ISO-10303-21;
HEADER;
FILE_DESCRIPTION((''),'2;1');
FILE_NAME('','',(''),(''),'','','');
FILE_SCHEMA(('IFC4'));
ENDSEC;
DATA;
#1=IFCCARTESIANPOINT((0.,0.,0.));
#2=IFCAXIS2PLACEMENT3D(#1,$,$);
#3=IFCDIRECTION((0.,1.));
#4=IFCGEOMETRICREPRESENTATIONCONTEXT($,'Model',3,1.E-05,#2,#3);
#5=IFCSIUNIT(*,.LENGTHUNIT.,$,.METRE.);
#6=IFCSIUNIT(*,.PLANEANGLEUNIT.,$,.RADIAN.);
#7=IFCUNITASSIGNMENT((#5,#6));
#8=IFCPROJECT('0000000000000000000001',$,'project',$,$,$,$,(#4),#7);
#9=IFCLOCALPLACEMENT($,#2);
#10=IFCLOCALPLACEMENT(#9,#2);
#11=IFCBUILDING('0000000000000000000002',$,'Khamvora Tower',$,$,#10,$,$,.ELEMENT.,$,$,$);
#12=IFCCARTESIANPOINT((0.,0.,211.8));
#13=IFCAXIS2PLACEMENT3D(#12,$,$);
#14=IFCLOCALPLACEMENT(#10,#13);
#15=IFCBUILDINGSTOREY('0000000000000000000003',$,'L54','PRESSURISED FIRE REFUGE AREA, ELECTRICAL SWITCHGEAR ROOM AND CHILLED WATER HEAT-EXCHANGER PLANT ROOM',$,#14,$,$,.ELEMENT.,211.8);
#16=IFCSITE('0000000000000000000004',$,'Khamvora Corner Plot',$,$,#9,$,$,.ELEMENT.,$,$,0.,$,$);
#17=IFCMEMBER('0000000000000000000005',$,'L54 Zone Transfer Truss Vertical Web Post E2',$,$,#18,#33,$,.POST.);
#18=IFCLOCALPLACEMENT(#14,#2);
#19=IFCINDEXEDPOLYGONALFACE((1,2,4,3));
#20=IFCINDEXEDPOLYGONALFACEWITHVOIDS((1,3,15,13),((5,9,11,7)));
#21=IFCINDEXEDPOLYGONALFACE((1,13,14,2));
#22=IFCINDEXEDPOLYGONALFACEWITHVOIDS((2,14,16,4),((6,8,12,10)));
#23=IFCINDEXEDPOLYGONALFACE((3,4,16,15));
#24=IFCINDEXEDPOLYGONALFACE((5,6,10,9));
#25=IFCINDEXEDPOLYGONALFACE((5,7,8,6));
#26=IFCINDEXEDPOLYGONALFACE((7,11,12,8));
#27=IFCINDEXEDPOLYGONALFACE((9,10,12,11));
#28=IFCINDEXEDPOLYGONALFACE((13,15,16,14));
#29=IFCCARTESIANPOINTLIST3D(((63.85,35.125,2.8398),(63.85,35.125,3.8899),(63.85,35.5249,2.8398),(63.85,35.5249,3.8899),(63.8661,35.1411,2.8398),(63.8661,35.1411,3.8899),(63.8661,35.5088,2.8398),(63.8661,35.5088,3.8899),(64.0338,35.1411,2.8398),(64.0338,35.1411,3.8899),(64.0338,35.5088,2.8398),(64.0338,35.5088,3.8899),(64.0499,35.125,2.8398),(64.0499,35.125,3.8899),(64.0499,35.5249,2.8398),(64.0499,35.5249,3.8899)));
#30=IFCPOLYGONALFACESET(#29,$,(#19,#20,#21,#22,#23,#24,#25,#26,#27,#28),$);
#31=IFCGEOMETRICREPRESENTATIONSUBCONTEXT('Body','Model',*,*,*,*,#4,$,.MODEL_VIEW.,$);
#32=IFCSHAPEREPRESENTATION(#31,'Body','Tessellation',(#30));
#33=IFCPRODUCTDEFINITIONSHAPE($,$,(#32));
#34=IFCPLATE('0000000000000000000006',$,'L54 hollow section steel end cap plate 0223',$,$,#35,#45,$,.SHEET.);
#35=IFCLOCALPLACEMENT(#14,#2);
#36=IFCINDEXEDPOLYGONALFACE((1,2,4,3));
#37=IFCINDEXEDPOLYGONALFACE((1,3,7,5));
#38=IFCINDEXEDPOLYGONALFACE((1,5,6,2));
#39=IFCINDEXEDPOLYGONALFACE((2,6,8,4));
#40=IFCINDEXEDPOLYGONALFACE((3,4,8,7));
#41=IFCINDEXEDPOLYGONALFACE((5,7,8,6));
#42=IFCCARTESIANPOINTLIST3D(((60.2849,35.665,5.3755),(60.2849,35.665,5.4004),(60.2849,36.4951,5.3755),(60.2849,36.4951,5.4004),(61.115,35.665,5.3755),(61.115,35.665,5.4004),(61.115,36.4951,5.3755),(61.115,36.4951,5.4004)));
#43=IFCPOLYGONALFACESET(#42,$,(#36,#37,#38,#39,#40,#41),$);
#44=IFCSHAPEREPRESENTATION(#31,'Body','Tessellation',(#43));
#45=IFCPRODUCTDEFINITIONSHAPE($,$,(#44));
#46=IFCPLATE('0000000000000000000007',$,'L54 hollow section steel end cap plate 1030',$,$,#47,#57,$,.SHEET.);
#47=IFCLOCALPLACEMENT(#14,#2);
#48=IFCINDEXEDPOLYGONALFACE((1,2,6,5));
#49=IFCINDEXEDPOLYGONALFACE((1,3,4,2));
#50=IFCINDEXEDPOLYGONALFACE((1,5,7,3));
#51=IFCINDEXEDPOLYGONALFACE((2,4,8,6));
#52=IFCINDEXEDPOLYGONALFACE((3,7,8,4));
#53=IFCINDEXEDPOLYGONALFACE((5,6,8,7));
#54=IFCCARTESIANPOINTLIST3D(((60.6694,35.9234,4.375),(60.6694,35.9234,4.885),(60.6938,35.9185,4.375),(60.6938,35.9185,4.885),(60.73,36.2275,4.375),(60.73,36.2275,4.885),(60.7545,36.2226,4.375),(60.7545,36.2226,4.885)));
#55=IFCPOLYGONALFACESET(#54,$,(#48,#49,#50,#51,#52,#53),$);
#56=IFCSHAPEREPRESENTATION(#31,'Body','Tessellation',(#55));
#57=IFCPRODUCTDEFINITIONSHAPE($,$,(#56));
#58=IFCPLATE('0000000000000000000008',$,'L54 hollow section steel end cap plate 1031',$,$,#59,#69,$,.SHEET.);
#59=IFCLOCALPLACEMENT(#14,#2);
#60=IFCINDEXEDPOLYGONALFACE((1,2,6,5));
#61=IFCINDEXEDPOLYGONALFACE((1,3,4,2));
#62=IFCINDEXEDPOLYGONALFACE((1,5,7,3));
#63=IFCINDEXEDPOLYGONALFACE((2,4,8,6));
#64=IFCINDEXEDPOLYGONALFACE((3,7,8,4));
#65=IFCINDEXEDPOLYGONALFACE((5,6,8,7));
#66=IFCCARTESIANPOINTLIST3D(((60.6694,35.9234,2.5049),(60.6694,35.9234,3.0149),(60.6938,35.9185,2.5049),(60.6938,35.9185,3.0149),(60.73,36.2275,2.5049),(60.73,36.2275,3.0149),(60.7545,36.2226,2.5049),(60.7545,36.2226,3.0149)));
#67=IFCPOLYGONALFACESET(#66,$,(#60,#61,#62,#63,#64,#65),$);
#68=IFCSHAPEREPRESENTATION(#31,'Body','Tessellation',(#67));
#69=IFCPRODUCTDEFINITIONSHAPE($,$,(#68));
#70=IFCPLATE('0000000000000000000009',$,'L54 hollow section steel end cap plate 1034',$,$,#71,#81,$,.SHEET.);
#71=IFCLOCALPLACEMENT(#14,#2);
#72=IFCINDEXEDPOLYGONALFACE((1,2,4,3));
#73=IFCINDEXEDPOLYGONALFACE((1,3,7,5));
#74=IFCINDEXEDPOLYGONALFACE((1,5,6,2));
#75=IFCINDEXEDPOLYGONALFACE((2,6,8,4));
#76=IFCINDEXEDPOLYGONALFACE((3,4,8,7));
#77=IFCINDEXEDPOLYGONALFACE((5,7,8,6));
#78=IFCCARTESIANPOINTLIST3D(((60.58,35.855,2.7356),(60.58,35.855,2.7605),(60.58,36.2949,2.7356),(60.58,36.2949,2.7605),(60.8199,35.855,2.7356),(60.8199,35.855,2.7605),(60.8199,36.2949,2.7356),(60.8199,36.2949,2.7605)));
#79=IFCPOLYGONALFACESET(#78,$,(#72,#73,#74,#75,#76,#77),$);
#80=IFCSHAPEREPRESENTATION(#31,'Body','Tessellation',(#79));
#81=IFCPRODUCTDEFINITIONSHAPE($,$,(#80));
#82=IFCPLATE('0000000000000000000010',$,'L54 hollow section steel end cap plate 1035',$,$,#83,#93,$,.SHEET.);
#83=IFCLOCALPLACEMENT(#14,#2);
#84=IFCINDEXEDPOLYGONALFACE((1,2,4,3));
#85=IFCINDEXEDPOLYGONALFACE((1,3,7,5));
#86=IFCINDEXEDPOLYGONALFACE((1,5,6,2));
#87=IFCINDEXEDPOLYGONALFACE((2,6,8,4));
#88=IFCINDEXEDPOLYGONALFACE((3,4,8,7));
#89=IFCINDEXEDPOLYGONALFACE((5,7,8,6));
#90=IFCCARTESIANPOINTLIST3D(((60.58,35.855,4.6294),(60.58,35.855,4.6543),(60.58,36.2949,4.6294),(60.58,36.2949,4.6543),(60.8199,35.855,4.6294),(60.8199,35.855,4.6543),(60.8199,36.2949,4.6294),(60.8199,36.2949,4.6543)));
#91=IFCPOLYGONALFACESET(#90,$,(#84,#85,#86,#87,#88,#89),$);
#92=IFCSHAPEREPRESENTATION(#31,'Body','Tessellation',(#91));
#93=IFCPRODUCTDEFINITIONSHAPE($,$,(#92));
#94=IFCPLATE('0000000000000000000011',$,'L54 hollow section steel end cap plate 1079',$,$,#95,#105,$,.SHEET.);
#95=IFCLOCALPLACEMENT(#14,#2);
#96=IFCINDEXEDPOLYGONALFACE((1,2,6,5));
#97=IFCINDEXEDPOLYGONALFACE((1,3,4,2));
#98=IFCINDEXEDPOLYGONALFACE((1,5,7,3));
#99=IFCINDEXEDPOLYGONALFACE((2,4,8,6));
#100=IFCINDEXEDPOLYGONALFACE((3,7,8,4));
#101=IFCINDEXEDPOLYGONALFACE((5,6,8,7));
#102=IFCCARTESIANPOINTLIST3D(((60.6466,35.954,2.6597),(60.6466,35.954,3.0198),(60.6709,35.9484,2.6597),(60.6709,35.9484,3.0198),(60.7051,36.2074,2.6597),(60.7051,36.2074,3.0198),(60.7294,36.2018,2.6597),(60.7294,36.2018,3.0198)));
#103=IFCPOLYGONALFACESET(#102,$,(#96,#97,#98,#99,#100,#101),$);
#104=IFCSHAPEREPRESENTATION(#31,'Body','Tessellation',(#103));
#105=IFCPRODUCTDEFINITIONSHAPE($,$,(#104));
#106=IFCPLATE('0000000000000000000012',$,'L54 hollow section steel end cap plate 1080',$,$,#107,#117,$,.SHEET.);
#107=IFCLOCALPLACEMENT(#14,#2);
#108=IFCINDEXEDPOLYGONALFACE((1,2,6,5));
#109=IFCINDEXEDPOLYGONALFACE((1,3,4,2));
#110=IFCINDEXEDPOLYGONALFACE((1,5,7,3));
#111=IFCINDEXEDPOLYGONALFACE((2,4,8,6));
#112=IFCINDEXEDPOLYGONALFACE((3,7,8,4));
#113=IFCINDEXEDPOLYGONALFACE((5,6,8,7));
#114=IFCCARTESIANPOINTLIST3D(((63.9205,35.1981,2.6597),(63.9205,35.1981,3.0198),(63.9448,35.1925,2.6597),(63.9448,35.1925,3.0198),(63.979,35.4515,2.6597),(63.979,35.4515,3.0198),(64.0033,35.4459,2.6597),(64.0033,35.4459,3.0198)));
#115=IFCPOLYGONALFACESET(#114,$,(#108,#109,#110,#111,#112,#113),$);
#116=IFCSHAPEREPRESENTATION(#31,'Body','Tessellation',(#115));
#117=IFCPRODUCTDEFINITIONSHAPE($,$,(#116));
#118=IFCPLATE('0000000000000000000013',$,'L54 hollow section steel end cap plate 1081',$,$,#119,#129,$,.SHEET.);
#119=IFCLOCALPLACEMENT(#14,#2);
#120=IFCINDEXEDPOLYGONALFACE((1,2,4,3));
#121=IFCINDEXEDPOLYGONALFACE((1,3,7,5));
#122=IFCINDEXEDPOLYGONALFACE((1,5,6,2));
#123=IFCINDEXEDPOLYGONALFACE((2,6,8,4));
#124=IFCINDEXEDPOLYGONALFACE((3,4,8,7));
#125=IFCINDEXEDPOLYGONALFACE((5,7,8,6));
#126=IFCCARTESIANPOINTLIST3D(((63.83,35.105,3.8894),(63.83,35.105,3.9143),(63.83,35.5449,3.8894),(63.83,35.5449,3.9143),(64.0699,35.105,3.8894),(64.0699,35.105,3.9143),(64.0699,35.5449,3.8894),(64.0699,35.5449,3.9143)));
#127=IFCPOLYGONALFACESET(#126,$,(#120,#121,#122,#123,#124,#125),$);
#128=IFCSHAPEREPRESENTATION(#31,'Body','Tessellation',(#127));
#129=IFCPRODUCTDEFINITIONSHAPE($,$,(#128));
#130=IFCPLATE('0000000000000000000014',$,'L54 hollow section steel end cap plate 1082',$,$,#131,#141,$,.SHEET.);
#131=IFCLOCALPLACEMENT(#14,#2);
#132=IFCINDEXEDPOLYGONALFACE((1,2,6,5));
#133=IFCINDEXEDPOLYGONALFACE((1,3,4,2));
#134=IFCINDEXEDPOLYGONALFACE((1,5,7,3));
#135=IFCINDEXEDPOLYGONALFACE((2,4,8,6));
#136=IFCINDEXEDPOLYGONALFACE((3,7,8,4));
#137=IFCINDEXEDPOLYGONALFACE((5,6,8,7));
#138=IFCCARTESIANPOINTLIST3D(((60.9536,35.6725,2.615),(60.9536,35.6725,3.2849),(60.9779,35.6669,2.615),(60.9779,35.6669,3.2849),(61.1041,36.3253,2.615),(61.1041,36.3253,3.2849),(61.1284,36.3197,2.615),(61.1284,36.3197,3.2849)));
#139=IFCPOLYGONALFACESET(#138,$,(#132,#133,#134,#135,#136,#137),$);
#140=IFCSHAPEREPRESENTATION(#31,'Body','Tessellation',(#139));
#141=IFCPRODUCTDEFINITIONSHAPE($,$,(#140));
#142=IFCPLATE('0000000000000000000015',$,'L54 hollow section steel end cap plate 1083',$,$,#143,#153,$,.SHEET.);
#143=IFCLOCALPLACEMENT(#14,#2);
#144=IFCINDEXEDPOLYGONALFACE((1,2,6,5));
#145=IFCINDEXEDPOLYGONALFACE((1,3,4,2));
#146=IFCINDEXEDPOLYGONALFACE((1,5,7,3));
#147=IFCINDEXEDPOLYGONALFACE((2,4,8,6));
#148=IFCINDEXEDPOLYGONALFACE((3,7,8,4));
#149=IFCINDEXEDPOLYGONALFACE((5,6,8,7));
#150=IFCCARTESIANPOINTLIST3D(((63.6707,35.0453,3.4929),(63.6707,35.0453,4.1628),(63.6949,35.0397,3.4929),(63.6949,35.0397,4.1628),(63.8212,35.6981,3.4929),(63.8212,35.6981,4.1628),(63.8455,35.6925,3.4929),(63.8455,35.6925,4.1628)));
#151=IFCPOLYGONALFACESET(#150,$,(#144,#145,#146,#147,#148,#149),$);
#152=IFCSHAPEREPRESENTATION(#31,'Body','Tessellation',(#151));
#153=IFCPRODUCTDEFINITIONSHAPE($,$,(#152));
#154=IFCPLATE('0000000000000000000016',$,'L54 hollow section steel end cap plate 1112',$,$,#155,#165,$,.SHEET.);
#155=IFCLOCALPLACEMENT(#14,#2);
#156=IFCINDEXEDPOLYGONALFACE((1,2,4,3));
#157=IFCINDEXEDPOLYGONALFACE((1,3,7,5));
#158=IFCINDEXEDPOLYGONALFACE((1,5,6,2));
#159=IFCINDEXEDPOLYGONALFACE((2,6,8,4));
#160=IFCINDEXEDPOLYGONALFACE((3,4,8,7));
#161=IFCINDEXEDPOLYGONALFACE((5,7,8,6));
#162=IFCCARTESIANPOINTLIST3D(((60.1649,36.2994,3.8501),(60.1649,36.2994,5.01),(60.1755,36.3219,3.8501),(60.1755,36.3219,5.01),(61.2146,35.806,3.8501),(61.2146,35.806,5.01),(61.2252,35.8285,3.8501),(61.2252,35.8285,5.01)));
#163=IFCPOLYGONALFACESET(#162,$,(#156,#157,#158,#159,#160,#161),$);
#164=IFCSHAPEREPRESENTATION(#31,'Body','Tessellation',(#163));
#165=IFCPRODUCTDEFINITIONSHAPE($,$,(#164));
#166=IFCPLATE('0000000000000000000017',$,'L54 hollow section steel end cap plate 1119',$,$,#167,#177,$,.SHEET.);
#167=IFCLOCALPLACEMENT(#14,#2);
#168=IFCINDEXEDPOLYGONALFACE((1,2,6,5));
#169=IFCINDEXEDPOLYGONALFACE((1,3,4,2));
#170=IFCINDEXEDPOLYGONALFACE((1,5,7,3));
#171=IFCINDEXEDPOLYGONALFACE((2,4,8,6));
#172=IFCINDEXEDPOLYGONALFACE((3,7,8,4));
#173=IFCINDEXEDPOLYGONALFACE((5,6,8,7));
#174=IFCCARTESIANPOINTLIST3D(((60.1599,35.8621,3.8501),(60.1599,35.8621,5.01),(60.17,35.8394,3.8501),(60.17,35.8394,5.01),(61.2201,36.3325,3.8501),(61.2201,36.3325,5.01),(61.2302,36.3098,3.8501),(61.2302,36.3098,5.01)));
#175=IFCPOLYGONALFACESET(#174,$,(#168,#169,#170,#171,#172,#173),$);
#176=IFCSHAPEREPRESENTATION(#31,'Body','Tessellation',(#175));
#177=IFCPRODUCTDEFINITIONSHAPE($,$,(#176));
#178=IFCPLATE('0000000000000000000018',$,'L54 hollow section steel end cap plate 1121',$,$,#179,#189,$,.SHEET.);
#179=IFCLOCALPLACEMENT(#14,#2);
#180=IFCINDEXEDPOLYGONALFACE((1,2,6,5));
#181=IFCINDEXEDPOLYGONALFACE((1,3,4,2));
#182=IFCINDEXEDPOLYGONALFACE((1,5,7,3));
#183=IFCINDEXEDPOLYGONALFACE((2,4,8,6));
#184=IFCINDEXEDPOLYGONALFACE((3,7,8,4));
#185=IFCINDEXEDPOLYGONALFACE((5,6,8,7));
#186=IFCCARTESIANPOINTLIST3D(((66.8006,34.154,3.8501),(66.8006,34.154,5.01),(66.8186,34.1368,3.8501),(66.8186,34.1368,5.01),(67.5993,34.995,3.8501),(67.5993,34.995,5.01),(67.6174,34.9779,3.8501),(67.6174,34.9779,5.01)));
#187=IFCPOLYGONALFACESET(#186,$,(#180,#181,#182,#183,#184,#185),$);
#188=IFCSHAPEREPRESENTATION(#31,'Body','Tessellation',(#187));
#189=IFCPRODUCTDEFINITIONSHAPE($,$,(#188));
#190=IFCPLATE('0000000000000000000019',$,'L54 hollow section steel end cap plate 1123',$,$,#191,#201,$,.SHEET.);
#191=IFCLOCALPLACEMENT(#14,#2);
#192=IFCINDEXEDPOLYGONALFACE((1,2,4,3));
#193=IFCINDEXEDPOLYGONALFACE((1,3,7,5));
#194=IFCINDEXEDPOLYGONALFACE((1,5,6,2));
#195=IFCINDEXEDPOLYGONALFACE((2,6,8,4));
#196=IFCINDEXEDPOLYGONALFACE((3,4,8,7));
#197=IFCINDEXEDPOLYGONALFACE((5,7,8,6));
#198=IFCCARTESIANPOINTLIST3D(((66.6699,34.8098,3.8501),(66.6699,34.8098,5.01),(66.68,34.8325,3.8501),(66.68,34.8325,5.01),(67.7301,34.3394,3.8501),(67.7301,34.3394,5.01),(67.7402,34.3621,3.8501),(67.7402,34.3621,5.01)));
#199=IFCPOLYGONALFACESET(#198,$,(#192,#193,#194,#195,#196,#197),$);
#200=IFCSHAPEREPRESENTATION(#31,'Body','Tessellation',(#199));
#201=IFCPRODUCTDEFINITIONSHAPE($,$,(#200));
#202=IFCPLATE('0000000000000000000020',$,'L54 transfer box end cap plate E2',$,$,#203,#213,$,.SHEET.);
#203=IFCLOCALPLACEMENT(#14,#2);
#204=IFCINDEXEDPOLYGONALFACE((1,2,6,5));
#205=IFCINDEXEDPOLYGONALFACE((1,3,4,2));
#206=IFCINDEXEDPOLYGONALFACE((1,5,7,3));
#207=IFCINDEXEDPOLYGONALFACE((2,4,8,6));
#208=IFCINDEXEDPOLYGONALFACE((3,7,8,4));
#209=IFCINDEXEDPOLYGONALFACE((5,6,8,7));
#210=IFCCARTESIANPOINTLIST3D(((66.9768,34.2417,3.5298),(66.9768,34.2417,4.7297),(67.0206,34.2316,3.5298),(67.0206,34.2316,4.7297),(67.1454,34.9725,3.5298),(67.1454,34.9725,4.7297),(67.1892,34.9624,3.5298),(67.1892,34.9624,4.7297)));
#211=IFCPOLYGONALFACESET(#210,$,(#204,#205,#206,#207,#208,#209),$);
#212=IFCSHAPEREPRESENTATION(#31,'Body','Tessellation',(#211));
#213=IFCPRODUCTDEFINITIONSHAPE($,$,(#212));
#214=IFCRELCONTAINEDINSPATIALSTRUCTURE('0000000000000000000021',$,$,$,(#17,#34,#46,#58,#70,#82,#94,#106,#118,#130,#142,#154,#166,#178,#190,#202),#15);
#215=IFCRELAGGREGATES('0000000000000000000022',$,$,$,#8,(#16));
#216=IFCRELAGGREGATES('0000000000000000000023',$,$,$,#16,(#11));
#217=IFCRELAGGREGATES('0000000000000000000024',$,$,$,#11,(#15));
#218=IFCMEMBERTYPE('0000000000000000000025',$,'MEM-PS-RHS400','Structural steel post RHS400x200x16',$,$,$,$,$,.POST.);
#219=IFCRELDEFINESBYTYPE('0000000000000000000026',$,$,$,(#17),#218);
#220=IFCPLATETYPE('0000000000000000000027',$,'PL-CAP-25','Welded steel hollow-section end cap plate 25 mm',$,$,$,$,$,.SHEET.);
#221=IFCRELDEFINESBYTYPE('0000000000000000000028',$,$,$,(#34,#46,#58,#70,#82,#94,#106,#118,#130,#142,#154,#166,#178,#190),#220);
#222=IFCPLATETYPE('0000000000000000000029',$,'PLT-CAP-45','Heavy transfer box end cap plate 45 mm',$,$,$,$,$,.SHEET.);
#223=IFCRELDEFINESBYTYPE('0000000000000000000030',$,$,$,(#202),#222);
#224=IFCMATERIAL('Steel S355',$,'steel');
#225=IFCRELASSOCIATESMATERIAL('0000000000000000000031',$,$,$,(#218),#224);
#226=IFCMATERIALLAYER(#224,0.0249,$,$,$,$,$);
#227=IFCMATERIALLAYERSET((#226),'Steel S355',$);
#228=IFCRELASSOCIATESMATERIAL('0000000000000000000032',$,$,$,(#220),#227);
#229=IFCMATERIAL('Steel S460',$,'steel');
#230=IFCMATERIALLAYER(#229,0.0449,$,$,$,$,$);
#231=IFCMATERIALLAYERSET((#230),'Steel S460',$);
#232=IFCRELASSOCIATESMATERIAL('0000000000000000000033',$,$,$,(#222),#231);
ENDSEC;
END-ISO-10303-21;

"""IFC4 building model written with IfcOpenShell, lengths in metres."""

from ifc_helpers import new_model, si_unit, direction, frame, origin, origin_2d, place, context, subcontext, project, spatial, rectangle, hollow_rectangle, extrude, material, layer, layer_set, material_profile, profile_set, type_object, element, save


model = new_model("IFC4")

# Units and contexts
model_context = context("Model", 3, precision=1e-05, world=origin(), true_north=direction((0.0, 1.0)))
body_context = subcontext(model_context, "Body", "Model", "MODEL_VIEW")
ifc_project = project(units=[si_unit("LENGTHUNIT", "METRE"), si_unit("PLANEANGLEUNIT", "RADIAN")], contexts=[model_context])

# Site, building, storey
site_placement = place(None, origin())
site = spatial("IfcSite", under=ifc_project, at=site_placement, Name="Khamvora Corner Plot", CompositionType="ELEMENT", RefElevation=0.0)
building_placement = place(site_placement, origin())
building = spatial("IfcBuilding", under=site, at=building_placement, Name="Khamvora Tower", CompositionType="ELEMENT")
storey_placement = place(building_placement, frame((0.0, 0.0, 211.8)))
storey = spatial("IfcBuildingStorey", under=building, at=storey_placement, Name="L54", Description="PRESSURISED FIRE REFUGE AREA, ELECTRICAL SWITCHGEAR ROOM AND CHILLED WATER HEAT-EXCHANGER PLANT ROOM", CompositionType="ELEMENT", Elevation=211.8)

# Shared definitions
ifc_material_1 = material(Name="Steel S355", Category="steel")

# Shared definitions
ifc_material_2 = material(Name="Steel S460", Category="steel")

# Member
ifc_material_profile_1 = material_profile(ifc_material_1, hollow_rectangle(XDim=0.2, YDim=0.3999, WallThickness=0.0161, at=origin_2d()), Name="RHS400x200x16")
ifc_profile_set_1 = profile_set([ifc_material_profile_1], Name="Steel S355")
member_type_1 = type_object("IfcMemberType", Name="MEM-PS-RHS400", Description="Structural steel post RHS400x200x16", PredefinedType="POST", material=ifc_profile_set_1)
member_1_placement = place(storey_placement, frame((63.95, 35.325, 2.8398), z_axis=(0.0, 0.0, 1.0), x_axis=(1.0, 0.0, 0.0)))
element("IfcMember", 1, at=member_1_placement, inside=storey, type_object=member_type_1, Name="L54 Zone Transfer Truss Vertical Web Post E2", PredefinedType="POST", context=body_context, shape_type="SweptSolid", body=[
    extrude(hollow_rectangle(XDim=0.2, YDim=0.3999, WallThickness=0.0161, at=origin_2d()), origin(), (0.0, 0.0, 1.0), 1.05),
])

# Plates
ifc_layer_1 = layer(ifc_material_1, 0.0249)
ifc_layer_set_1 = layer_set([ifc_layer_1], Name="Steel S355")
plate_type_1 = type_object("IfcPlateType", Name="PL-CAP-25", Description="Welded steel hollow-section end cap plate 25 mm", PredefinedType="SHEET", material=ifc_layer_set_1)
plate_1_placement = place(storey_placement, frame((60.7, 36.0801, 5.3755), z_axis=(0.0, 0.0, 1.0), x_axis=(1.0, 0.0, 0.0)))
element("IfcPlate", 2, at=plate_1_placement, inside=storey, type_object=plate_type_1, Name="L54 hollow section steel end cap plate 0223", PredefinedType="SHEET", context=body_context, shape_type="SweptSolid", body=[
    extrude(rectangle(XDim=0.8301, YDim=0.8301, at=origin_2d()), origin(), (0.0, 0.0, 1.0), 0.0249),
])
for number, where, z_axis, x_axis, name in (
    (3, (60.7119, 36.073, 4.375), (0.0, 0.0, 1.0), (0.980669, -0.195672, 0.0), "L54 hollow section steel end cap plate 1030"),
    (4, (60.7119, 36.073, 2.5049), (0.0, 0.0, 1.0), (0.980669, -0.195672, 0.0), "L54 hollow section steel end cap plate 1031"),
):
    element("IfcPlate", number, at=place(storey_placement, frame(where, z_axis=z_axis, x_axis=x_axis)), inside=storey, type_object=plate_type_1, Name=name, PredefinedType="SHEET", context=body_context, shape_type="SweptSolid", body=[
        extrude(rectangle(XDim=0.0249, YDim=0.3101, at=origin_2d()), origin(), (0.0, 0.0, 1.0), 0.51),
    ])
for number, where, z_axis, x_axis, name in (
    (5, (60.7, 36.075, 2.7356), (0.0, 0.0, 1.0), (1.0, 0.0, 0.0), "L54 hollow section steel end cap plate 1034"),
    (6, (60.7, 36.075, 4.6294), (0.0, 0.0, 1.0), (1.0, 0.0, 0.0), "L54 hollow section steel end cap plate 1035"),
):
    element("IfcPlate", number, at=place(storey_placement, frame(where, z_axis=z_axis, x_axis=x_axis)), inside=storey, type_object=plate_type_1, Name=name, PredefinedType="SHEET", context=body_context, shape_type="SweptSolid", body=[
        extrude(rectangle(XDim=0.24, YDim=0.4399, at=origin_2d()), origin(), (0.0, 0.0, 1.0), 0.0249),
    ])
for number, where, z_axis, x_axis, name in (
    (7, (60.688, 36.0779, 2.6597), (0.0, 0.0, 1.0), (0.97439, -0.224866, 0.0), "L54 hollow section steel end cap plate 1079"),
    (8, (63.9619, 35.322, 2.6597), (0.0, 0.0, 1.0), (0.97439, -0.224866, 0.0), "L54 hollow section steel end cap plate 1080"),
):
    element("IfcPlate", number, at=place(storey_placement, frame(where, z_axis=z_axis, x_axis=x_axis)), inside=storey, type_object=plate_type_1, Name=name, PredefinedType="SHEET", context=body_context, shape_type="SweptSolid", body=[
        extrude(rectangle(XDim=0.0249, YDim=0.26, at=origin_2d()), origin(), (0.0, 0.0, 1.0), 0.3601),
    ])
plate_2_placement = place(storey_placement, frame((63.95, 35.325, 3.8894), z_axis=(0.0, 0.0, 1.0), x_axis=(1.0, 0.0, 0.0)))
element("IfcPlate", 9, at=plate_2_placement, inside=storey, type_object=plate_type_1, Name="L54 hollow section steel end cap plate 1081", PredefinedType="SHEET", context=body_context, shape_type="SweptSolid", body=[
    extrude(rectangle(XDim=0.24, YDim=0.4399, at=origin_2d()), origin(), (0.0, 0.0, 1.0), 0.0249),
])
for number, where, z_axis, x_axis, name in (
    (10, (61.041, 35.9961, 2.615), (0.0, 0.0, 1.0), (0.974429, -0.224696, 0.0), "L54 hollow section steel end cap plate 1082"),
    (11, (63.7581, 35.3689, 3.4929), (0.0, 0.0, 1.0), (0.974429, -0.224696, 0.0), "L54 hollow section steel end cap plate 1083"),
):
    element("IfcPlate", number, at=place(storey_placement, frame(where, z_axis=z_axis, x_axis=x_axis)), inside=storey, type_object=plate_type_1, Name=name, PredefinedType="SHEET", context=body_context, shape_type="SweptSolid", body=[
        extrude(rectangle(XDim=0.0249, YDim=0.6699, at=origin_2d()), origin(), (0.0, 0.0, 1.0), 0.6699),
    ])
for number, where, z_axis, x_axis, name in (
    (12, (60.6951, 36.064, 3.8501), (0.0, 0.0, 1.0), (0.4254, 0.905005, 0.0), "L54 hollow section steel end cap plate 1112"),
    (13, (60.6951, 36.0859, 3.8501), (0.0, 0.0, 1.0), (0.405556, -0.91407, 0.0), "L54 hollow section steel end cap plate 1119"),
    (14, (67.209, 34.5659, 3.8501), (0.0, 0.0, 1.0), (0.725086, -0.688658, 0.0), "L54 hollow section steel end cap plate 1121"),
    (15, (67.2051, 34.5859, 3.8501), (0.0, 0.0, 1.0), (0.405556, 0.91407, 0.0), "L54 hollow section steel end cap plate 1123"),
):
    element("IfcPlate", number, at=place(storey_placement, frame(where, z_axis=z_axis, x_axis=x_axis)), inside=storey, type_object=plate_type_1, Name=name, PredefinedType="SHEET", context=body_context, shape_type="SweptSolid", body=[
        extrude(rectangle(XDim=0.0249, YDim=1.1599, at=origin_2d()), origin(), (0.0, 0.0, 1.0), 1.1599),
    ])
ifc_layer_2 = layer(ifc_material_2, 0.0449)
ifc_layer_set_2 = layer_set([ifc_layer_2], Name="Steel S460")
plate_type_2 = type_object("IfcPlateType", Name="PLT-CAP-45", Description="Heavy transfer box end cap plate 45 mm", PredefinedType="SHEET", material=ifc_layer_set_2)
plate_3_placement = place(storey_placement, frame((67.083, 34.6021, 3.5298), z_axis=(0.0, 0.0, 1.0), x_axis=(0.974391, -0.22486, 0.0)))
element("IfcPlate", 16, at=plate_3_placement, inside=storey, type_object=plate_type_2, Name="L54 transfer box end cap plate E2", PredefinedType="SHEET", context=body_context, shape_type="SweptSolid", body=[
    extrude(rectangle(XDim=0.0449, YDim=0.75, at=origin_2d()), origin(), (0.0, 0.0, 1.0), 1.2),
])

save(model, "model.ifc")
